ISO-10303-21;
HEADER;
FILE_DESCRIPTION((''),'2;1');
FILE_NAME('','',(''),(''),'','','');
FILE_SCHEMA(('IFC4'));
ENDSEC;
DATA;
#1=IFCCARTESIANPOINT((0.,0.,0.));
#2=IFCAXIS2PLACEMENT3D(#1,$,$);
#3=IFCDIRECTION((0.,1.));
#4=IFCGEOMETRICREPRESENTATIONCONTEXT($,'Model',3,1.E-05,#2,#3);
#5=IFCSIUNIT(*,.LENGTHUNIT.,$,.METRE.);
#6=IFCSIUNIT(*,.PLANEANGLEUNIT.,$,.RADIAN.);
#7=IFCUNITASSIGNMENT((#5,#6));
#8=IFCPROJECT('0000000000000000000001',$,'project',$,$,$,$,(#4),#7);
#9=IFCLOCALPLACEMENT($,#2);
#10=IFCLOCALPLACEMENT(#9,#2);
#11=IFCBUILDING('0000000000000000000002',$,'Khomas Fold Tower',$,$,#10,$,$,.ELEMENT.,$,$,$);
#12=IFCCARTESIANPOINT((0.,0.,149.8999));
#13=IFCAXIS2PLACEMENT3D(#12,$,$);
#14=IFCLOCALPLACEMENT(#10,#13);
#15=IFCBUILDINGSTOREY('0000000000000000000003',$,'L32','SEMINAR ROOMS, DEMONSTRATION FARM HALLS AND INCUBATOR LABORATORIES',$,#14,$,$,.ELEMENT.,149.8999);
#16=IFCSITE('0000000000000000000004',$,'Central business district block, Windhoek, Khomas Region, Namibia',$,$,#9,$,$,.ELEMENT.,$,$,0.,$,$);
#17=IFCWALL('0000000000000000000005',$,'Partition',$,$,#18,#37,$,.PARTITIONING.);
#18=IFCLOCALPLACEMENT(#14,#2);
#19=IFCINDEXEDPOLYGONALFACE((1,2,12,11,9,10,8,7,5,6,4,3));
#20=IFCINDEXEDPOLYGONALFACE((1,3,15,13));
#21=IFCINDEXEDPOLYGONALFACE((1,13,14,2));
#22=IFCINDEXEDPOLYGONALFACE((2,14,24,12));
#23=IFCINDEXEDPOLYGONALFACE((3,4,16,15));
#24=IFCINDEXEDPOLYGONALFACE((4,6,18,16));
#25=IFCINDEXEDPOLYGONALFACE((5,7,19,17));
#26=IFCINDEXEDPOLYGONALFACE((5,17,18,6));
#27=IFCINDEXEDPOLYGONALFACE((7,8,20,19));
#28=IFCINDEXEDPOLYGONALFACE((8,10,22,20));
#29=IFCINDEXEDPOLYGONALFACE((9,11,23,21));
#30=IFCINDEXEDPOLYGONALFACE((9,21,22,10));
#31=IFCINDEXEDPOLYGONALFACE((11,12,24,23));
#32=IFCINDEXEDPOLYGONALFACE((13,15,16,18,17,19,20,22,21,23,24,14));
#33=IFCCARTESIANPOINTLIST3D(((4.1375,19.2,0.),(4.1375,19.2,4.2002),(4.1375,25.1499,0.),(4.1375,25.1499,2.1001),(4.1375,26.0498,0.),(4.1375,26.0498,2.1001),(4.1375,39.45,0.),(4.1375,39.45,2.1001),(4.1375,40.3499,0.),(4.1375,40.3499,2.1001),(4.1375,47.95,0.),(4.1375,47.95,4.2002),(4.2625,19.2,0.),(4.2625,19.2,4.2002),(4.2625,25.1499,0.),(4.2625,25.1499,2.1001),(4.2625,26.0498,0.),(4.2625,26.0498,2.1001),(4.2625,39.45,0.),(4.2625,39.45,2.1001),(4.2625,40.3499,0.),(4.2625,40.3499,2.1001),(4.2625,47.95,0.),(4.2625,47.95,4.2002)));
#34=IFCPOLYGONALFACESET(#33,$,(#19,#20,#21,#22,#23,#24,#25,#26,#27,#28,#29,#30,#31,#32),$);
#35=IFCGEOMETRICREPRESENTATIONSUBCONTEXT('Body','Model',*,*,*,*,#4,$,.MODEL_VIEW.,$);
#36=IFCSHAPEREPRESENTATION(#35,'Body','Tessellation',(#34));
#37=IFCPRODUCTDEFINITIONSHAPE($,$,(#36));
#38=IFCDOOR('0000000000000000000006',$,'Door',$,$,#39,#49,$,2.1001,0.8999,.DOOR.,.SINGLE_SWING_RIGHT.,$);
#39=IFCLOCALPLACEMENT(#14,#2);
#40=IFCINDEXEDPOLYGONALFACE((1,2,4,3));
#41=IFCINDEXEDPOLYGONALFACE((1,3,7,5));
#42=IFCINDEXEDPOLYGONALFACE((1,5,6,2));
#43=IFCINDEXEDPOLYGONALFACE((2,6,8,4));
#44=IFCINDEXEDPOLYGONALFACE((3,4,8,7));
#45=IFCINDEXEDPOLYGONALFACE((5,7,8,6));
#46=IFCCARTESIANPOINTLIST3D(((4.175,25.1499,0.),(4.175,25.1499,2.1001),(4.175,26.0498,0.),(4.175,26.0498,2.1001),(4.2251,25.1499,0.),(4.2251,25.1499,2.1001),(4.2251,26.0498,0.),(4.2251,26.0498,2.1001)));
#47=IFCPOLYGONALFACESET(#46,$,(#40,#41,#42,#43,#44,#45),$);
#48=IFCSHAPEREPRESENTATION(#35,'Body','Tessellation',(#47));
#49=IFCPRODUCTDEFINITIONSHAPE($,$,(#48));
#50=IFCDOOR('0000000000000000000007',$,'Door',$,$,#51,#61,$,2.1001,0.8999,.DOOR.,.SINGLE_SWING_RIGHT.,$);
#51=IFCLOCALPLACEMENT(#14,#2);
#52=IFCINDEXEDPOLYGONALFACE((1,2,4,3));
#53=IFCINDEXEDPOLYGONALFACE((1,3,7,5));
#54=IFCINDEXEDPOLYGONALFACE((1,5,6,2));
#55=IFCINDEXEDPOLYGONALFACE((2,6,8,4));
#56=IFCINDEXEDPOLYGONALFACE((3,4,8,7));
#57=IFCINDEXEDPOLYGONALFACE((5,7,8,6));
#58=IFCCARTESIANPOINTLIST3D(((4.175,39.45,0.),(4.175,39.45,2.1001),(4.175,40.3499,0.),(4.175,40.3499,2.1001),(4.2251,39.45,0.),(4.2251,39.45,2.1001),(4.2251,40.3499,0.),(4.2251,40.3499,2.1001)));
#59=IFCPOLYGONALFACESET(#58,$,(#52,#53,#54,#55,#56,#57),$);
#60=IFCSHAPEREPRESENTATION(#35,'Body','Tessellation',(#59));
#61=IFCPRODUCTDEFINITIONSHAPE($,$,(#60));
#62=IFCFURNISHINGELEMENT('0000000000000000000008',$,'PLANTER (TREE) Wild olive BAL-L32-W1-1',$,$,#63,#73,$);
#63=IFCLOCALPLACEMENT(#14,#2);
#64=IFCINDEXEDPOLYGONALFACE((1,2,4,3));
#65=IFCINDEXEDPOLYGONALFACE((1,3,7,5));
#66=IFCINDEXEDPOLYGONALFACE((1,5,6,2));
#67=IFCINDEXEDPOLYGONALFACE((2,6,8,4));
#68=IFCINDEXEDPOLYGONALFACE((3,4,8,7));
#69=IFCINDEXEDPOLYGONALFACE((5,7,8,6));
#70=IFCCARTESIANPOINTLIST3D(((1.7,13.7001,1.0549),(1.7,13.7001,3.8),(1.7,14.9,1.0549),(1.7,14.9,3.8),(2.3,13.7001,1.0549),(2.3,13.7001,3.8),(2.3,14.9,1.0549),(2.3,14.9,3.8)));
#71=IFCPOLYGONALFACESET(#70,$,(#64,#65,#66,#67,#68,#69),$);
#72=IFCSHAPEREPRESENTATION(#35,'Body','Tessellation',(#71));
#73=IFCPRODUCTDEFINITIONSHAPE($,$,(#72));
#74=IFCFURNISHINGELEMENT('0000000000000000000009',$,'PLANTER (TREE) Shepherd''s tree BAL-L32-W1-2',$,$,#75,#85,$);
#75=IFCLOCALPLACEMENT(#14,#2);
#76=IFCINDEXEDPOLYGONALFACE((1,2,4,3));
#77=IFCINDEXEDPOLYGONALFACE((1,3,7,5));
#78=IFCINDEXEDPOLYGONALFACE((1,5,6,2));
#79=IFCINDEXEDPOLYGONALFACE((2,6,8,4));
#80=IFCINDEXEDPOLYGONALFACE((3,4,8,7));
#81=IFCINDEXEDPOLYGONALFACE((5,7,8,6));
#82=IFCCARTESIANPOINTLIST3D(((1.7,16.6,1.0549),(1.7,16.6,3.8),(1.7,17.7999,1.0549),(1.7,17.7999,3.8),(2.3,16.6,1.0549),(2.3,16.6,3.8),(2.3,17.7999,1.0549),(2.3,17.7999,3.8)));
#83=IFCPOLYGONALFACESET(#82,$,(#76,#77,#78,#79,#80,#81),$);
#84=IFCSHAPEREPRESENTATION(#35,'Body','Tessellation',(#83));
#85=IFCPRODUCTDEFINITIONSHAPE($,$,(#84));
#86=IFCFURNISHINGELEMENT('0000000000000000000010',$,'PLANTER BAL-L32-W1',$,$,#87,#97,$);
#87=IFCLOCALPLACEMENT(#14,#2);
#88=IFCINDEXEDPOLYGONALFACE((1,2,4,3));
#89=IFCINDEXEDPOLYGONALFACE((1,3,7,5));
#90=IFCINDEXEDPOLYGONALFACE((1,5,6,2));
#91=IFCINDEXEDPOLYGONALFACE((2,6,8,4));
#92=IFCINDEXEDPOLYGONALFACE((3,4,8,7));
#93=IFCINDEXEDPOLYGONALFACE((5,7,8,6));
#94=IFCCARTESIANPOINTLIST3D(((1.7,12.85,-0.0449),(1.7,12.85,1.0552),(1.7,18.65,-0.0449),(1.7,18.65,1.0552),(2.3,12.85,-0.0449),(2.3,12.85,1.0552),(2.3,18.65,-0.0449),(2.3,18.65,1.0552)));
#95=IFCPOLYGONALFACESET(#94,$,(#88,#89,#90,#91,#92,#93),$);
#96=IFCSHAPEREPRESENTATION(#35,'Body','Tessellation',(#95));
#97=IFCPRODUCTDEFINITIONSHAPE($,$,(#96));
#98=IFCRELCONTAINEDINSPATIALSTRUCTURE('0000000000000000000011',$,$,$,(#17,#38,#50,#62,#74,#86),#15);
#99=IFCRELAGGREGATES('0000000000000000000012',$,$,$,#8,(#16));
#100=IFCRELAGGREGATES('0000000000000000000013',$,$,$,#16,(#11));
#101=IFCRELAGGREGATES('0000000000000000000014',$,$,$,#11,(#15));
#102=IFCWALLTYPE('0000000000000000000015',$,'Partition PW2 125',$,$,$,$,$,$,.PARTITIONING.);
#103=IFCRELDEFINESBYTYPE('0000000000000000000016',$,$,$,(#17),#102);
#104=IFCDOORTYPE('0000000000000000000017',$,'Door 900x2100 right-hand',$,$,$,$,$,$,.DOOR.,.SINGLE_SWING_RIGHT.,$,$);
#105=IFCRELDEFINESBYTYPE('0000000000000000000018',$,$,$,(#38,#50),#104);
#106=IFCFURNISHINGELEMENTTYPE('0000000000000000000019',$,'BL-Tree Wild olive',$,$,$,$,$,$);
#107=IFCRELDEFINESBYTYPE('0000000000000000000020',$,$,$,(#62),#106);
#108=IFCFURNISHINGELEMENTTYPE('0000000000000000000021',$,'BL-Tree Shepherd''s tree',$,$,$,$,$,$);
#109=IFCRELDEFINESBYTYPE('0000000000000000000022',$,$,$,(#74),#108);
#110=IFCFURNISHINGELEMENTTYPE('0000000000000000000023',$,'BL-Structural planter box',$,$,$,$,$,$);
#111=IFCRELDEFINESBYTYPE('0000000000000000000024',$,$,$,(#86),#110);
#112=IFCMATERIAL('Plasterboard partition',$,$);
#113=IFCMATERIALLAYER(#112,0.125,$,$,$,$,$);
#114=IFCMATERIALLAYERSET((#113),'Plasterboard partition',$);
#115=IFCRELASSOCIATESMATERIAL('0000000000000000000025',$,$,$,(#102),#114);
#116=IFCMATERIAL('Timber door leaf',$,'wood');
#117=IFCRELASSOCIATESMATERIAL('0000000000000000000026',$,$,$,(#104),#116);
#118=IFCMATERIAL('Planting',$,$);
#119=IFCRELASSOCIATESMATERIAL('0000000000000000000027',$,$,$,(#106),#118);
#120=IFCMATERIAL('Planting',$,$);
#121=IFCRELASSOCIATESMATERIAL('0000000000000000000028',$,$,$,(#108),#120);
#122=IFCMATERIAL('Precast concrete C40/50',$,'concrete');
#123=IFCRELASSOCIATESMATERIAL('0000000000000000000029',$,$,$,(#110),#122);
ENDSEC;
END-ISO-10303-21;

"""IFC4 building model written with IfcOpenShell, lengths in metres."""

from ifc_helpers import new_model, si_unit, direction, frame, frame_2d, origin, origin_2d, place, context, subcontext, project, spatial, rectangle, extrude, source, transform, mapped, material, layer, layer_set, type_object, element, fill, save


model = new_model("IFC4")

# Units and contexts
model_context = context("Model", 3, precision=1e-05, world=origin(), true_north=direction((0.0, 1.0)))
body_context = subcontext(model_context, "Body", "Model", "MODEL_VIEW")
ifc_project = project(units=[si_unit("LENGTHUNIT", "METRE"), si_unit("PLANEANGLEUNIT", "RADIAN")], contexts=[model_context])

# Site, building, storey
site_placement = place(None, origin())
site = spatial("IfcSite", under=ifc_project, at=site_placement, Name="Central business district block, Windhoek, Khomas Region, Namibia", CompositionType="ELEMENT", RefElevation=0.0)
building_placement = place(site_placement, origin())
building = spatial("IfcBuilding", under=site, at=building_placement, Name="Khomas Fold Tower", CompositionType="ELEMENT")
storey_placement = place(building_placement, frame((0.0, 0.0, 149.8999)))
storey = spatial("IfcBuildingStorey", under=building, at=storey_placement, Name="L32", Description="SEMINAR ROOMS, DEMONSTRATION FARM HALLS AND INCUBATOR LABORATORIES", CompositionType="ELEMENT", Elevation=149.8999)

# Wall, openings, doors
ifc_material_1 = material(Name="Plasterboard partition")
ifc_layer_1 = layer(ifc_material_1, 0.125)
ifc_layer_set_1 = layer_set([ifc_layer_1], Name="Plasterboard partition")
wall_type_1 = type_object("IfcWallType", Name="Partition PW2 125", PredefinedType="PARTITIONING", material=ifc_layer_set_1)
shared_shape_1 = source(origin(), body_context, "Body", "SweptSolid", [
    extrude(rectangle(XDim=28.75, YDim=0.125, at=frame_2d((14.375, 0.0))), origin(), (0.0, 0.0, 1.0), 4.2002),
])
wall_1_placement = place(storey_placement, frame((4.2, 19.2, 0.0), z_axis=(0.0, 0.0, 1.0), x_axis=(0.0, 1.0, 0.0)))
wall_1 = element("IfcWall", 1, at=wall_1_placement, inside=storey, type_object=wall_type_1, Name="Partition", PredefinedType="PARTITIONING", context=body_context, shape_type="MappedRepresentation", body=[
    mapped(shared_shape_1, transform((0.0, 0.0, 0.0))),
])
shared_shape_2 = source(origin(), body_context, "Body", "SweptSolid", [
    extrude(rectangle(XDim=0.8999, YDim=2.1001, at=frame_2d((0.45, 1.05))), frame((0.0, 0.0725, 0.0), z_axis=(0.0, -1.0, 0.0), x_axis=(1.0, 0.0, 0.0)), (0.0, 0.0, 1.0), 0.145),
])
opening_1_placement = place(wall_1_placement, frame((5.95, 0.0, 0.0)))
opening_1 = element("IfcOpeningElement", 2, at=opening_1_placement, cuts=wall_1, PredefinedType="OPENING", context=body_context, shape_type="MappedRepresentation", body=[
    mapped(shared_shape_2, transform((0.0, 0.0, 0.0))),
])
opening_2_placement = place(wall_1_placement, frame((20.25, 0.0, 0.0)))
opening_2 = element("IfcOpeningElement", 3, at=opening_2_placement, cuts=wall_1, PredefinedType="OPENING", context=body_context, shape_type="MappedRepresentation", body=[
    mapped(shared_shape_2, transform((0.0, 0.0, 0.0))),
])
ifc_material_2 = material(Name="Timber door leaf", Category="wood")
door_type_1 = type_object("IfcDoorType", Name="Door 900x2100 right-hand", OperationType="SINGLE_SWING_RIGHT", PredefinedType="DOOR", material=ifc_material_2)
shared_shape_3 = source(origin(), body_context, "Body", "SweptSolid", [
    extrude(rectangle(XDim=0.8999, YDim=2.1001, at=frame_2d((0.45, 1.05))), frame((0.0, 0.0249, 0.0), z_axis=(0.0, -1.0, 0.0), x_axis=(1.0, 0.0, 0.0)), (0.0, 0.0, 1.0), 0.05),
])
door_1_placement = place(opening_1_placement, origin())
door_1 = element("IfcDoor", 4, at=door_1_placement, inside=storey, type_object=door_type_1, Name="Door", OperationType="SINGLE_SWING_RIGHT", OverallHeight=2.1001, OverallWidth=0.8999, PredefinedType="DOOR", context=body_context, shape_type="MappedRepresentation", body=[
    mapped(shared_shape_3, transform((0.0, 0.0, 0.0))),
])
fill(opening_1, door_1)
door_2_placement = place(opening_2_placement, origin())
door_2 = element("IfcDoor", 5, at=door_2_placement, inside=storey, type_object=door_type_1, Name="Door", OperationType="SINGLE_SWING_RIGHT", OverallHeight=2.1001, OverallWidth=0.8999, PredefinedType="DOOR", context=body_context, shape_type="MappedRepresentation", body=[
    mapped(shared_shape_3, transform((0.0, 0.0, 0.0))),
])
fill(opening_2, door_2)

# Furnishing elements
ifc_material_3 = material(Name="Planting")
furnishing_element_type_1 = type_object("IfcFurnishingElementType", Name="BL-Tree Wild olive", material=ifc_material_3)
shared_shape_4 = source(origin(), body_context, "Body", "SweptSolid", [
    extrude(rectangle(XDim=1.2, YDim=0.6001, at=origin_2d()), origin(), (0.0, 0.0, 1.0), 2.7451),
])
furnishing_1_placement = place(storey_placement, frame((2.0, 14.3, 1.0549), z_axis=(0.0, 0.0, 1.0), x_axis=(0.0, 1.0, 0.0)))
element("IfcFurnishingElement", 6, at=furnishing_1_placement, inside=storey, type_object=furnishing_element_type_1, Name="PLANTER (TREE) Wild olive BAL-L32-W1-1", context=body_context, shape_type="MappedRepresentation", body=[
    mapped(shared_shape_4, transform((0.0, 0.0, 0.0))),
])
ifc_material_4 = material(Name="Planting")
furnishing_element_type_2 = type_object("IfcFurnishingElementType", Name="BL-Tree Shepherd's tree", material=ifc_material_4)
furnishing_2_placement = place(storey_placement, frame((2.0, 17.2, 1.0549), z_axis=(0.0, 0.0, 1.0), x_axis=(0.0, 1.0, 0.0)))
element("IfcFurnishingElement", 7, at=furnishing_2_placement, inside=storey, type_object=furnishing_element_type_2, Name="PLANTER (TREE) Shepherd's tree BAL-L32-W1-2", context=body_context, shape_type="MappedRepresentation", body=[
    mapped(shared_shape_4, transform((0.0, 0.0, 0.0))),
])
ifc_material_5 = material(Name="Precast concrete C40/50", Category="concrete")
furnishing_element_type_3 = type_object("IfcFurnishingElementType", Name="BL-Structural planter box", material=ifc_material_5)
shared_shape_5 = source(origin(), body_context, "Body", "SweptSolid", [
    extrude(rectangle(XDim=5.8, YDim=0.6001, at=origin_2d()), origin(), (0.0, 0.0, 1.0), 1.1001),
])
furnishing_3_placement = place(storey_placement, frame((2.0, 15.75, -0.0449), z_axis=(0.0, 0.0, 1.0), x_axis=(0.0, 1.0, 0.0)))
element("IfcFurnishingElement", 8, at=furnishing_3_placement, inside=storey, type_object=furnishing_element_type_3, Name="PLANTER BAL-L32-W1", context=body_context, shape_type="MappedRepresentation", body=[
    mapped(shared_shape_5, transform((0.0, 0.0, 0.0))),
])

save(model, "model.ifc")
